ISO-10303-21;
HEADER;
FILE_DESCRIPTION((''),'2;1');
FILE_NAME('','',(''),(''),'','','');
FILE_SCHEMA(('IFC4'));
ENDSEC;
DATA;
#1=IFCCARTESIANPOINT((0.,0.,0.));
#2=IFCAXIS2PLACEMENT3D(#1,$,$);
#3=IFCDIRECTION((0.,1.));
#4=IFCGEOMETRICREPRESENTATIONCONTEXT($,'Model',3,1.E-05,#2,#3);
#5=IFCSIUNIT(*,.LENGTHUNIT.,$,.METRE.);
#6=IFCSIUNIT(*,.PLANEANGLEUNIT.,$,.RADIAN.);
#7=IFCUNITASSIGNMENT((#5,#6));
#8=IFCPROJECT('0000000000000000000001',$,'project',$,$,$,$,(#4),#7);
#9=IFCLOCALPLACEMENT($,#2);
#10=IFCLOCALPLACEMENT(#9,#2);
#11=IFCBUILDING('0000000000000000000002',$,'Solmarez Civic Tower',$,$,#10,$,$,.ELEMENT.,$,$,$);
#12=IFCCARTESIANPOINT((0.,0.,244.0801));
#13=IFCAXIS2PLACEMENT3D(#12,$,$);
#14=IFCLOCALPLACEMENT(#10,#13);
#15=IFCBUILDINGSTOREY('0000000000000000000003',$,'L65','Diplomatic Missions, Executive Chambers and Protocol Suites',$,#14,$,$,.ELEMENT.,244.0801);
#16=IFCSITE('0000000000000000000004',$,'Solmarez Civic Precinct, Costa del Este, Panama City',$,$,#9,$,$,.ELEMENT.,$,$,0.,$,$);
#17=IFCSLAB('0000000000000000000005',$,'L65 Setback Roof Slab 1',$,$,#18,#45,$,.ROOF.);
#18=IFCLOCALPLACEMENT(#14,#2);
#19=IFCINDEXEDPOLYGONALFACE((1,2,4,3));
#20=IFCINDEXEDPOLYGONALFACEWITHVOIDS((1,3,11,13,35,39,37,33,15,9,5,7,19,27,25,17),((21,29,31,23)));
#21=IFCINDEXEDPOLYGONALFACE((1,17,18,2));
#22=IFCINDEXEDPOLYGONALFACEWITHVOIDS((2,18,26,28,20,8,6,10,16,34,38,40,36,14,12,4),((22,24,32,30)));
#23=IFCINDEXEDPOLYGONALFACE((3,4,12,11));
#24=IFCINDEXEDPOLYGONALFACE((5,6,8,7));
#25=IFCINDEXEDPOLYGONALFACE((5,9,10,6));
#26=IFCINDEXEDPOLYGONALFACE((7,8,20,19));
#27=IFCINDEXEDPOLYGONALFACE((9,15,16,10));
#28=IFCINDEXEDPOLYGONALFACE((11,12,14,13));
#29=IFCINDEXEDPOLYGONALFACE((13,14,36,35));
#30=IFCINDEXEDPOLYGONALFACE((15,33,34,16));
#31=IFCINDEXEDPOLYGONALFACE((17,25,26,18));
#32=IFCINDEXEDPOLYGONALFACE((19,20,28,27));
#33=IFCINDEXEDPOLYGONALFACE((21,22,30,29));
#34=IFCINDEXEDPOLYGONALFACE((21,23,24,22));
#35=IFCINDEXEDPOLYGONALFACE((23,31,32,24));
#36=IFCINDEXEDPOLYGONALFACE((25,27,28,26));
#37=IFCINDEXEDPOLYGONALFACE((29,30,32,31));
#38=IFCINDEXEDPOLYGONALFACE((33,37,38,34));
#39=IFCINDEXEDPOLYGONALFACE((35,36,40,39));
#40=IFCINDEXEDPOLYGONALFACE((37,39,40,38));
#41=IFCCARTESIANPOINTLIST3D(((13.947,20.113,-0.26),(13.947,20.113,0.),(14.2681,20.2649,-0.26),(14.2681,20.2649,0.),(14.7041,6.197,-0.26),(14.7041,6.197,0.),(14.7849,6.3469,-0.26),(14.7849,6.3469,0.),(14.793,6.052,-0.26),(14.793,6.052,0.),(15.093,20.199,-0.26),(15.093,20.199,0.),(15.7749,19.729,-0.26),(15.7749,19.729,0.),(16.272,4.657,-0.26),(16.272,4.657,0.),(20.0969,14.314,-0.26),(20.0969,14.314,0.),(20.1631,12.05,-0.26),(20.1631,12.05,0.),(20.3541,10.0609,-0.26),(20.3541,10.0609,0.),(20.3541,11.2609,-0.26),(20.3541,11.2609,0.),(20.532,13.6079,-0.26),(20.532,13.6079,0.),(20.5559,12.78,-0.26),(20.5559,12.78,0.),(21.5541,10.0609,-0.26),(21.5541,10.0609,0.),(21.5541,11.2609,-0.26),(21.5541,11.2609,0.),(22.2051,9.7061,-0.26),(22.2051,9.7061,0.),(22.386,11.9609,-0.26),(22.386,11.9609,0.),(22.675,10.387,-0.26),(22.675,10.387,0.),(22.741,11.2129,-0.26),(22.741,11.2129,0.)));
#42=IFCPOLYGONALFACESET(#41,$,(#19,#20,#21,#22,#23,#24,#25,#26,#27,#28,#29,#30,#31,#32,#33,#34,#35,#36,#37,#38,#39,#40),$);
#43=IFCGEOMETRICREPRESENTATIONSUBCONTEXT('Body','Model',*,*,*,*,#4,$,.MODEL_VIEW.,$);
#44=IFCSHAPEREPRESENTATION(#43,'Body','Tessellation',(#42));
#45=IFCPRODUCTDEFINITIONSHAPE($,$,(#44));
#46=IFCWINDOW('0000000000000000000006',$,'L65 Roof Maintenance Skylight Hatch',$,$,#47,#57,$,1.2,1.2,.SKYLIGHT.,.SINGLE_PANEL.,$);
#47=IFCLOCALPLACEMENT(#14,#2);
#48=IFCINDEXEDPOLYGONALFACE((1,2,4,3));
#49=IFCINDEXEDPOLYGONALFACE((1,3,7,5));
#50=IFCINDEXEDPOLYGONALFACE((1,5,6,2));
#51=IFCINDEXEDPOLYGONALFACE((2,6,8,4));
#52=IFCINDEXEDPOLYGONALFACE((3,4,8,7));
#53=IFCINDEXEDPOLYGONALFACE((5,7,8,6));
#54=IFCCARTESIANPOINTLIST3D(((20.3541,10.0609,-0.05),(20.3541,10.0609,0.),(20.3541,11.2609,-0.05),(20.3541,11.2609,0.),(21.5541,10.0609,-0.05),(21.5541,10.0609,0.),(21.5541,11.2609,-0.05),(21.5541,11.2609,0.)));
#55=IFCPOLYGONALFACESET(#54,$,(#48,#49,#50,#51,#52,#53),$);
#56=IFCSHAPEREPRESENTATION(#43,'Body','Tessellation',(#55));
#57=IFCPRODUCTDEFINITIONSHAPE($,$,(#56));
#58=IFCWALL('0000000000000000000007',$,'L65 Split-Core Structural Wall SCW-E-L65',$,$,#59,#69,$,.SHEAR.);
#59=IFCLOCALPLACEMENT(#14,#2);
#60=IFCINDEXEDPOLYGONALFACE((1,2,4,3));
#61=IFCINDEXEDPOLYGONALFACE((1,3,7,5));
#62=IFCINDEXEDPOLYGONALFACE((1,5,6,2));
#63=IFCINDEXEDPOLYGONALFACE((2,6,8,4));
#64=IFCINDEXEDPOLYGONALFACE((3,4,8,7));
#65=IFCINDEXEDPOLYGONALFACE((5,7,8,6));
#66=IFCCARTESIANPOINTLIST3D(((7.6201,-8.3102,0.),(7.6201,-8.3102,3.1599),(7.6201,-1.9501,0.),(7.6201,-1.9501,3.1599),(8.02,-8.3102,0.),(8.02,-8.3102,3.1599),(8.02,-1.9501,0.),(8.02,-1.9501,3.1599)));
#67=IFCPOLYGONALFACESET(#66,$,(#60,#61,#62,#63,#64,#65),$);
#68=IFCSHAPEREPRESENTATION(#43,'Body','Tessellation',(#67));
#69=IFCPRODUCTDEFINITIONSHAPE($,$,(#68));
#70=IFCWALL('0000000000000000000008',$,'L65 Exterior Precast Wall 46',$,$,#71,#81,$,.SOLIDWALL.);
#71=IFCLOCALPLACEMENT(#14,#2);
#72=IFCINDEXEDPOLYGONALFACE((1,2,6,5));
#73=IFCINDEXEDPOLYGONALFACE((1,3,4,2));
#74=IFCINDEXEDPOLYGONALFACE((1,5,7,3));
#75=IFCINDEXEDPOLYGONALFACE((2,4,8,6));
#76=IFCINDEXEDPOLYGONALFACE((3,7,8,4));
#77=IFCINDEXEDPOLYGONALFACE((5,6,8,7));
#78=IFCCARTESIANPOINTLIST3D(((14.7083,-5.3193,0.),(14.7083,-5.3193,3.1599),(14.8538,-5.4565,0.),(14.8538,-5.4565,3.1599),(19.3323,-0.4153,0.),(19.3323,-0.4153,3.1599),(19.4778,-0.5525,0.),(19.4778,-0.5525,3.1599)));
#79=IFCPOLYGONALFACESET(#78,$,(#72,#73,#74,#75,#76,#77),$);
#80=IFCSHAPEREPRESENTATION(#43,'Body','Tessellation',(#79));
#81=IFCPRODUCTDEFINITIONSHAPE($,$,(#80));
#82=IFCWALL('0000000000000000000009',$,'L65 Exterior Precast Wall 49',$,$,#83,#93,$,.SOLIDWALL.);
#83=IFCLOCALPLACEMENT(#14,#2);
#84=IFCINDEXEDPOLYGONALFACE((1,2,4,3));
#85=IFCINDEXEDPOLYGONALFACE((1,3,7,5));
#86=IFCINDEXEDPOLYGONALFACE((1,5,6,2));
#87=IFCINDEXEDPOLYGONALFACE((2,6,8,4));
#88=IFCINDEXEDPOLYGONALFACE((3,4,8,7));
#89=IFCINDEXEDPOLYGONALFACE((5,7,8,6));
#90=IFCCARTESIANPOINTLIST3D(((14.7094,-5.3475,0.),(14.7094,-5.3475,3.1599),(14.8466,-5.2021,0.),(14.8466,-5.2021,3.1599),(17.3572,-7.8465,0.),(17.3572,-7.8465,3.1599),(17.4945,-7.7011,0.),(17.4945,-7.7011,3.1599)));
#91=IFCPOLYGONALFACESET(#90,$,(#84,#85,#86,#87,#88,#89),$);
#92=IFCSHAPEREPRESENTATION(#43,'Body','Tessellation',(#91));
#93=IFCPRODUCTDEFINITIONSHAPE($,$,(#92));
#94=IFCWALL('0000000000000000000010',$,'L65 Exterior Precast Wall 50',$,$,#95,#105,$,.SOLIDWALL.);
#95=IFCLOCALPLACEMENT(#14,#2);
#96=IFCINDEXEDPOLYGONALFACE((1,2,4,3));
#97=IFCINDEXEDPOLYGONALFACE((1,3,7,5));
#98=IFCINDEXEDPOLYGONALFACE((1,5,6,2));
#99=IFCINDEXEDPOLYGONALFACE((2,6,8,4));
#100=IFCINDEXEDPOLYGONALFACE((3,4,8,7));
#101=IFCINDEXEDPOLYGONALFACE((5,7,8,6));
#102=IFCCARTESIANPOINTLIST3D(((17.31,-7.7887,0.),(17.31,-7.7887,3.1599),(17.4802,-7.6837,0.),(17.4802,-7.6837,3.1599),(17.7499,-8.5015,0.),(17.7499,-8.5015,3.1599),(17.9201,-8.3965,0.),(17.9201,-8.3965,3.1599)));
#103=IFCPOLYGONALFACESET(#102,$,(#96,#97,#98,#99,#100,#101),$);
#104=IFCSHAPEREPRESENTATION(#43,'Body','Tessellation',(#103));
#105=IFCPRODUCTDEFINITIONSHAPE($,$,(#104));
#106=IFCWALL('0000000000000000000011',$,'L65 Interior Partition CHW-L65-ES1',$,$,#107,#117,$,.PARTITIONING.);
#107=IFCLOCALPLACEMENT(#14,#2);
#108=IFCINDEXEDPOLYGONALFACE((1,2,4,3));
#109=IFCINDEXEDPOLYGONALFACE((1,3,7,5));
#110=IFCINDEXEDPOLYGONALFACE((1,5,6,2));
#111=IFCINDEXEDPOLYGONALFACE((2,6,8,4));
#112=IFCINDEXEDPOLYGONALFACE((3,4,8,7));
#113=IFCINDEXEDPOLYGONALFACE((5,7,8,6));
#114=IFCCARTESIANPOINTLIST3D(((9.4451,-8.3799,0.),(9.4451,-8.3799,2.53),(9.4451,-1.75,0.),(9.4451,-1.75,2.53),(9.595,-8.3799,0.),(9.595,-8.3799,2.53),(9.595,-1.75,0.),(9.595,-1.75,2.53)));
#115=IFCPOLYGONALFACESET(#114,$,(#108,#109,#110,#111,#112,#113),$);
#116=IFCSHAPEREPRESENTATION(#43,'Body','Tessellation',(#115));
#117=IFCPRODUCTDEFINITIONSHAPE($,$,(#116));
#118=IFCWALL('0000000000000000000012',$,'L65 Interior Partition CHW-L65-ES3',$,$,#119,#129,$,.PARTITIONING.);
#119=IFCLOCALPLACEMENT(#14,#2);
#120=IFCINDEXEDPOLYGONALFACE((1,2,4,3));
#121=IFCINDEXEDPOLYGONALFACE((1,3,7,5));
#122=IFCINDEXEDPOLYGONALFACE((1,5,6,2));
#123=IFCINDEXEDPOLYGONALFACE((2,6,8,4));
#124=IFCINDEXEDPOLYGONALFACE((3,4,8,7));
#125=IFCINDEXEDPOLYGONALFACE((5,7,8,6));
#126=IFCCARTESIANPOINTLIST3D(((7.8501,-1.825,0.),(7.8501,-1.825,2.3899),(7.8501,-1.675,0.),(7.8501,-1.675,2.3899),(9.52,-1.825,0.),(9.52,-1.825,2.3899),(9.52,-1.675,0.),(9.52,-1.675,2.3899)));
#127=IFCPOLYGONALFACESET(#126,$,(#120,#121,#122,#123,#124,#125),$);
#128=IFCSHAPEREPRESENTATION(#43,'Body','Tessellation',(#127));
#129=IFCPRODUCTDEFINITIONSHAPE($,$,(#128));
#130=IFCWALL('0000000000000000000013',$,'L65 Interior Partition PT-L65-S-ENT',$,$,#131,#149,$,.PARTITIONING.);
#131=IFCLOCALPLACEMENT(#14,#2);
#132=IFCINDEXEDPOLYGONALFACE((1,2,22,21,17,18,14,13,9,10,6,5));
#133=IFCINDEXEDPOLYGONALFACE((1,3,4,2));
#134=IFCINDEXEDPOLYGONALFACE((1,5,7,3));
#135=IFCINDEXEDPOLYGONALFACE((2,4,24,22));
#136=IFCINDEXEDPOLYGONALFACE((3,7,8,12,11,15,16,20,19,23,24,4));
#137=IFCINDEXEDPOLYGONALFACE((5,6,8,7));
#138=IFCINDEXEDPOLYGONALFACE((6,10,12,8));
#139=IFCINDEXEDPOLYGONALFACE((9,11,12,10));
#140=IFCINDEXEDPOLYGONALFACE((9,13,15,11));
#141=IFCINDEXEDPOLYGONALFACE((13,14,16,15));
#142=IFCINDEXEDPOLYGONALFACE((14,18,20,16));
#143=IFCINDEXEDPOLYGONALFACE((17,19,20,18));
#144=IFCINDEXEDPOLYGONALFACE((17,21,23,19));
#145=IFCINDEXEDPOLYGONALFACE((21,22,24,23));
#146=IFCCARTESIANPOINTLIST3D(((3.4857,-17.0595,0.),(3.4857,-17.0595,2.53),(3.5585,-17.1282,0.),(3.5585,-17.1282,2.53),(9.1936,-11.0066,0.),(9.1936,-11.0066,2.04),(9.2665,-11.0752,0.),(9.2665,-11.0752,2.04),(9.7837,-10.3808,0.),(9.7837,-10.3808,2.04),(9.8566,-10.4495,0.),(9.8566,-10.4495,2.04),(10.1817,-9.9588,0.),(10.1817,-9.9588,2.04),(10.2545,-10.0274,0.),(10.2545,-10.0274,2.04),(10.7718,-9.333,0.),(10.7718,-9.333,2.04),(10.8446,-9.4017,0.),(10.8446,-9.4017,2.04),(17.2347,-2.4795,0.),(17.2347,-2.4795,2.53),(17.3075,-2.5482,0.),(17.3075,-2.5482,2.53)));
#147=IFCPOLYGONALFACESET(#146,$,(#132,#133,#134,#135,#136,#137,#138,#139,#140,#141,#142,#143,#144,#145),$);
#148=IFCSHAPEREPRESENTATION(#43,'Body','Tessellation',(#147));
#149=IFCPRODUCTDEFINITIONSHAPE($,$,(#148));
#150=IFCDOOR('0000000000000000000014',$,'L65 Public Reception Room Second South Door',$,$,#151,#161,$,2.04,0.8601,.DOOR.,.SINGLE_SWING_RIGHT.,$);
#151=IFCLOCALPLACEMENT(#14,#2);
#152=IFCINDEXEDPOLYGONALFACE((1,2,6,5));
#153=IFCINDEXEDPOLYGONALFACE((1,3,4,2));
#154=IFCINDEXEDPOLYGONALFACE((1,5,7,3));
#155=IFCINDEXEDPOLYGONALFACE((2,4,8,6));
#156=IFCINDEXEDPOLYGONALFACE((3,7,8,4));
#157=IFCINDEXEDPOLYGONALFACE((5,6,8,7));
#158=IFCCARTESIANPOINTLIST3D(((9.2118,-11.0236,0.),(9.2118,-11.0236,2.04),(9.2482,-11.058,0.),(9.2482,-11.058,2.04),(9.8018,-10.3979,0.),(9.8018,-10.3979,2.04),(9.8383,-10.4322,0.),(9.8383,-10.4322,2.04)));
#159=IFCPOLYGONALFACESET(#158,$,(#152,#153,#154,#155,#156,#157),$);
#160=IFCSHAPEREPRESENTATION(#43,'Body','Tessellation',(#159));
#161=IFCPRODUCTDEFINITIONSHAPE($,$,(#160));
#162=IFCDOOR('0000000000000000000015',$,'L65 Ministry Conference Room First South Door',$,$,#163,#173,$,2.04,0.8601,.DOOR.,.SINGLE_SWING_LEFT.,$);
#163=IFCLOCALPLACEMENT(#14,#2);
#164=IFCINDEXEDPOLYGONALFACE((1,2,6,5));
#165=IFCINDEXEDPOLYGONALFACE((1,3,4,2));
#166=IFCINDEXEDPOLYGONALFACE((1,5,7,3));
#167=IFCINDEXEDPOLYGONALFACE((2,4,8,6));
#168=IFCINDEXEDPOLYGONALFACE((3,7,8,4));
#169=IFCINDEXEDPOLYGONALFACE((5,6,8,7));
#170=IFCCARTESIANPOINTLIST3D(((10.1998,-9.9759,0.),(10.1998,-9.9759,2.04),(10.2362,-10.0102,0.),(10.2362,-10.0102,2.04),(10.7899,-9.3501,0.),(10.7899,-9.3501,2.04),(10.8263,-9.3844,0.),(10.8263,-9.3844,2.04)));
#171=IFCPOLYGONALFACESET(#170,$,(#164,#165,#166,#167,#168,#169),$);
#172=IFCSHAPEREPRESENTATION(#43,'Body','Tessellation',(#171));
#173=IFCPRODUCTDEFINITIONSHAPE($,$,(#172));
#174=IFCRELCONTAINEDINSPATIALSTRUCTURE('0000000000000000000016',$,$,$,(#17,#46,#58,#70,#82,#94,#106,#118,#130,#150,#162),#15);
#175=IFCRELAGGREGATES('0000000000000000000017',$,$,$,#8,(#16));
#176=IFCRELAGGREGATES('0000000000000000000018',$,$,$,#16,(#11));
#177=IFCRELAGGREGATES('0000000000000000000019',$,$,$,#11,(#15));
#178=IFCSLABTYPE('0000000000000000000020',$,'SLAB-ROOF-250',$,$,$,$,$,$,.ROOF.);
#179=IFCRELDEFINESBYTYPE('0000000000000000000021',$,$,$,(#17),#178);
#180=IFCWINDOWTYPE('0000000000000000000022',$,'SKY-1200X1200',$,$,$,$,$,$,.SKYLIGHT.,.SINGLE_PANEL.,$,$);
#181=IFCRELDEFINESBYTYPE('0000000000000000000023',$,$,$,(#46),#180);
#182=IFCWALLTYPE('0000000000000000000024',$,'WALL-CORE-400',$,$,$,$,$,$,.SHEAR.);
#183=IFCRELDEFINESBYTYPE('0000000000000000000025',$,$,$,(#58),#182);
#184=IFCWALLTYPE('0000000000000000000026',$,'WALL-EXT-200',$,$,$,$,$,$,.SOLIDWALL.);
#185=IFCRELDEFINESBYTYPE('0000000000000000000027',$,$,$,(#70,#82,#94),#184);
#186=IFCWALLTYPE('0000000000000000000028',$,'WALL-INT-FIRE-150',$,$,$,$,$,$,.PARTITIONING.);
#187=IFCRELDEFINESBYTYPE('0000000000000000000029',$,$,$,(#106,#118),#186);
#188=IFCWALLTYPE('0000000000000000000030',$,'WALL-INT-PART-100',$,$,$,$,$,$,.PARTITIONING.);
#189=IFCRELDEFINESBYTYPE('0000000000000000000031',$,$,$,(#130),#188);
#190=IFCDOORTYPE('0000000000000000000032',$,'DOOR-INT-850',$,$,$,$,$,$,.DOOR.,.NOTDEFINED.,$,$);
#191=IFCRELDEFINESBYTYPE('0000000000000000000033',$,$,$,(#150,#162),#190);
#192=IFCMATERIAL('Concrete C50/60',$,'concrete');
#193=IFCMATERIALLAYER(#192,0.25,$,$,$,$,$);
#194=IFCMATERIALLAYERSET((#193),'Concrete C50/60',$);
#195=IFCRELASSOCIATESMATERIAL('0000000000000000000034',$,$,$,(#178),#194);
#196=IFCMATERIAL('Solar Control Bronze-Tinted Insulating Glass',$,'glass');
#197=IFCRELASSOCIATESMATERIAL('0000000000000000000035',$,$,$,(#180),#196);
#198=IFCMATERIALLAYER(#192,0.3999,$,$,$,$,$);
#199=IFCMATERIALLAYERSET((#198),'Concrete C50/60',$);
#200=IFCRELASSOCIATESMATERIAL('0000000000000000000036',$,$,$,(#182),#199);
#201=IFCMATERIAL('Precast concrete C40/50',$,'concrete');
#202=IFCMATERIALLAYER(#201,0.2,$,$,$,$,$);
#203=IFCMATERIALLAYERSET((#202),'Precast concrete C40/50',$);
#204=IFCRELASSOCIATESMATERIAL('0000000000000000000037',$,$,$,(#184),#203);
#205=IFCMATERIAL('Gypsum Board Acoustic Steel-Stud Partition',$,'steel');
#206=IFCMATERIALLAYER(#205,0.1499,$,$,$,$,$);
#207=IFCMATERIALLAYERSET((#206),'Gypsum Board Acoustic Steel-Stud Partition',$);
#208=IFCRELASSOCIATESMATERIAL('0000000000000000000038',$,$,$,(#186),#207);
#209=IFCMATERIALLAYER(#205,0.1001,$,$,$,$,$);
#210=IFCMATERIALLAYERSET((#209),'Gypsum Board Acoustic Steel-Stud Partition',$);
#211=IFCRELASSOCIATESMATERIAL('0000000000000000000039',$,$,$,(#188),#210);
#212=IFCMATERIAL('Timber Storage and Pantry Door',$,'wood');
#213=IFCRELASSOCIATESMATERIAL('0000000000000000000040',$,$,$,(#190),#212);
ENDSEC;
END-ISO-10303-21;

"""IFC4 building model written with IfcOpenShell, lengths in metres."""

from ifc_helpers import new_model, si_unit, direction, frame, frame_2d, origin, origin_2d, place, context, subcontext, project, spatial, polyline, rectangle, outline, extrude, material, layer, layer_set, type_object, element, fill, save


model = new_model("IFC4")

# Units and contexts
model_context = context("Model", 3, precision=1e-05, world=origin(), true_north=direction((0.0, 1.0)))
body_context = subcontext(model_context, "Body", "Model", "MODEL_VIEW")
ifc_project = project(units=[si_unit("LENGTHUNIT", "METRE"), si_unit("PLANEANGLEUNIT", "RADIAN")], contexts=[model_context])

# Site, building, storey
site_placement = place(None, origin())
site = spatial("IfcSite", under=ifc_project, at=site_placement, Name="Solmarez Civic Precinct, Costa del Este, Panama City", CompositionType="ELEMENT", RefElevation=0.0)
building_placement = place(site_placement, origin())
building = spatial("IfcBuilding", under=site, at=building_placement, Name="Solmarez Civic Tower", CompositionType="ELEMENT")
storey_placement = place(building_placement, frame((0.0, 0.0, 244.0801)))
storey = spatial("IfcBuildingStorey", under=building, at=storey_placement, Name="L65", Description="Diplomatic Missions, Executive Chambers and Protocol Suites", CompositionType="ELEMENT", Elevation=244.0801)

# Shared definitions
ifc_material_1 = material(Name="Concrete C50/60", Category="concrete")

# Slab, opening, window
ifc_layer_1 = layer(ifc_material_1, 0.25)
ifc_layer_set_1 = layer_set([ifc_layer_1], Name="Concrete C50/60")
slab_type = type_object("IfcSlabType", Name="SLAB-ROOF-250", PredefinedType="ROOF", material=ifc_layer_set_1)
slab_placement = place(storey_placement, frame((0.0, 0.0, -0.26)))
slab = element("IfcSlab", 1, at=slab_placement, inside=storey, type_object=slab_type, Name="L65 Setback Roof Slab 1", PredefinedType="ROOF", context=body_context, shape_type="SweptSolid", body=[
    extrude(outline(polyline([(13.947, 20.113), (20.0969, 14.314), (20.532, 13.6079), (20.5559, 12.78), (20.1631, 12.05), (14.7849, 6.3469), (14.7041, 6.197), (14.793, 6.052), (16.272, 4.657), (22.2051, 9.7061), (22.675, 10.387), (22.741, 11.2129), (22.386, 11.9609), (15.7749, 19.729), (15.093, 20.199), (14.2681, 20.2649), (13.947, 20.113)])), origin(), (0.0, 0.0, 1.0), 0.26),
])
opening_1_placement = place(slab_placement, frame((20.9541, 10.6609, 0.0)))
opening_1 = element("IfcOpeningElement", 2, at=opening_1_placement, cuts=slab, PredefinedType="OPENING", context=body_context, shape_type="SweptSolid", body=[
    extrude(rectangle(XDim=1.2, YDim=1.2, at=origin_2d()), frame((0.0, 0.0, -0.01)), (0.0, 0.0, 1.0), 0.28),
])
ifc_material_2 = material(Name="Solar Control Bronze-Tinted Insulating Glass", Category="glass")
window_type = type_object("IfcWindowType", Name="SKY-1200X1200", PartitioningType="SINGLE_PANEL", PredefinedType="SKYLIGHT", material=ifc_material_2)
window_placement = place(opening_1_placement, frame((0.0, 0.0, 0.21)))
window = element("IfcWindow", 3, at=window_placement, inside=storey, type_object=window_type, Name="L65 Roof Maintenance Skylight Hatch", OverallHeight=1.2, OverallWidth=1.2, PartitioningType="SINGLE_PANEL", PredefinedType="SKYLIGHT", context=body_context, shape_type="SweptSolid", body=[
    extrude(rectangle(XDim=1.2, YDim=1.2, at=origin_2d()), origin(), (0.0, 0.0, 1.0), 0.05),
])
fill(opening_1, window)

# Walls
ifc_layer_2 = layer(ifc_material_1, 0.3999)
ifc_layer_set_2 = layer_set([ifc_layer_2], Name="Concrete C50/60")
wall_type_1 = type_object("IfcWallType", Name="WALL-CORE-400", PredefinedType="SHEAR", material=ifc_layer_set_2)
wall_1_placement = place(storey_placement, frame((7.8201, -1.95, 0.0), z_axis=(0.0, 0.0, 1.0), x_axis=(0.0, -1.0, 0.0)))
element("IfcWall", 4, at=wall_1_placement, inside=storey, type_object=wall_type_1, Name="L65 Split-Core Structural Wall SCW-E-L65", PredefinedType="SHEAR", context=body_context, shape_type="SweptSolid", body=[
    extrude(rectangle(XDim=6.3601, YDim=0.3999, at=frame_2d((3.1802, 0.0))), origin(), (0.0, 0.0, 1.0), 3.1599),
])
ifc_material_3 = material(Name="Precast concrete C40/50", Category="concrete")
ifc_layer_3 = layer(ifc_material_3, 0.2)
ifc_layer_set_3 = layer_set([ifc_layer_3], Name="Precast concrete C40/50")
wall_type_2 = type_object("IfcWallType", Name="WALL-EXT-200", PredefinedType="SOLIDWALL", material=ifc_layer_set_3)
wall_2_placement = place(storey_placement, frame((19.405, -0.4839, 0.0), z_axis=(0.0, 0.0, 1.0), x_axis=(-0.686029, -0.727574, 0.0)))
element("IfcWall", 5, at=wall_2_placement, inside=storey, type_object=wall_type_2, Name="L65 Exterior Precast Wall 46", PredefinedType="SOLIDWALL", context=body_context, shape_type="SweptSolid", body=[
    extrude(rectangle(XDim=6.7402, YDim=0.2, at=frame_2d((3.3701, 0.0))), origin(), (0.0, 0.0, 1.0), 3.1599),
])
wall_3_placement = place(storey_placement, frame((14.7781, -5.2749, 0.0), z_axis=(0.0, 0.0, 1.0), x_axis=(0.727262, -0.68636, 0.0)))
element("IfcWall", 6, at=wall_3_placement, inside=storey, type_object=wall_type_2, Name="L65 Exterior Precast Wall 49", PredefinedType="SOLIDWALL", context=body_context, shape_type="SweptSolid", body=[
    extrude(rectangle(XDim=3.6409, YDim=0.2, at=frame_2d((1.8203, 0.0))), origin(), (0.0, 0.0, 1.0), 3.1599),
])
wall_4_placement = place(storey_placement, frame((17.395, -7.7361, 0.0), z_axis=(0.0, 0.0, 1.0), x_axis=(0.52517, -0.850997, 0.0)))
element("IfcWall", 7, at=wall_4_placement, inside=storey, type_object=wall_type_2, Name="L65 Exterior Precast Wall 50", PredefinedType="SOLIDWALL", context=body_context, shape_type="SweptSolid", body=[
    extrude(rectangle(XDim=0.8376, YDim=0.2, at=frame_2d((0.4189, 0.0))), origin(), (0.0, 0.0, 1.0), 3.1599),
])
ifc_material_4 = material(Name="Gypsum Board Acoustic Steel-Stud Partition", Category="steel")
ifc_layer_4 = layer(ifc_material_4, 0.1499)
ifc_layer_set_4 = layer_set([ifc_layer_4], Name="Gypsum Board Acoustic Steel-Stud Partition")
wall_type_3 = type_object("IfcWallType", Name="WALL-INT-FIRE-150", PredefinedType="PARTITIONING", material=ifc_layer_set_4)
wall_5_placement = place(storey_placement, frame((9.52, -8.3799, 0.0), z_axis=(0.0, 0.0, 1.0), x_axis=(0.0, 1.0, 0.0)))
element("IfcWall", 8, at=wall_5_placement, inside=storey, type_object=wall_type_3, Name="L65 Interior Partition CHW-L65-ES1", PredefinedType="PARTITIONING", context=body_context, shape_type="SweptSolid", body=[
    extrude(rectangle(XDim=6.6299, YDim=0.1499, at=frame_2d((3.3149, 0.0))), origin(), (0.0, 0.0, 1.0), 2.53),
])
wall_6_placement = place(storey_placement, frame((7.8501, -1.75, 0.0), z_axis=(0.0, 0.0, 1.0), x_axis=(1.0, 0.0, 0.0)))
element("IfcWall", 9, at=wall_6_placement, inside=storey, type_object=wall_type_3, Name="L65 Interior Partition CHW-L65-ES3", PredefinedType="PARTITIONING", context=body_context, shape_type="SweptSolid", body=[
    extrude(rectangle(XDim=1.6699, YDim=0.1499, at=frame_2d((0.835, 0.0))), origin(), (0.0, 0.0, 1.0), 2.3899),
])

# Wall, openings, doors
ifc_layer_5 = layer(ifc_material_4, 0.1001)
ifc_layer_set_5 = layer_set([ifc_layer_5], Name="Gypsum Board Acoustic Steel-Stud Partition")
wall_type_4 = type_object("IfcWallType", Name="WALL-INT-PART-100", PredefinedType="PARTITIONING", material=ifc_layer_set_5)
wall_7_placement = place(storey_placement, frame((17.271, -2.5139, 0.0), z_axis=(0.0, 0.0, 1.0), x_axis=(-0.686068, -0.727537, 0.0)))
wall_7 = element("IfcWall", 10, at=wall_7_placement, inside=storey, type_object=wall_type_4, Name="L65 Interior Partition PT-L65-S-ENT", PredefinedType="PARTITIONING", context=body_context, shape_type="SweptSolid", body=[
    extrude(rectangle(XDim=20.0403, YDim=0.1001, at=frame_2d((10.02, 0.0))), origin(), (0.0, 0.0, 1.0), 2.53),
])
opening_2_placement = place(wall_7_placement, frame((10.8601, 0.0, 0.0)))
opening_2 = element("IfcOpeningElement", 11, at=opening_2_placement, cuts=wall_7, PredefinedType="OPENING", context=body_context, shape_type="SweptSolid", body=[
    extrude(rectangle(XDim=0.8601, YDim=2.04, at=frame_2d((0.4302, 1.02))), frame((0.0, 0.0601, 0.0), z_axis=(0.0, -1.0, 0.0), x_axis=(1.0, 0.0, 0.0)), (0.0, 0.0, 1.0), 0.1201),
])
opening_3_placement = place(wall_7_placement, frame((9.4199, 0.0, 0.0)))
opening_3 = element("IfcOpeningElement", 12, at=opening_3_placement, cuts=wall_7, PredefinedType="OPENING", context=body_context, shape_type="SweptSolid", body=[
    extrude(rectangle(XDim=0.8601, YDim=2.04, at=frame_2d((0.4302, 1.02))), frame((0.0, 0.0601, 0.0), z_axis=(0.0, -1.0, 0.0), x_axis=(1.0, 0.0, 0.0)), (0.0, 0.0, 1.0), 0.1201),
])
ifc_material_5 = material(Name="Timber Storage and Pantry Door", Category="wood")
door_type = type_object("IfcDoorType", Name="DOOR-INT-850", OperationType="NOTDEFINED", PredefinedType="DOOR", material=ifc_material_5)
door_1_placement = place(opening_2_placement, origin())
door_1 = element("IfcDoor", 13, at=door_1_placement, inside=storey, type_object=door_type, Name="L65 Public Reception Room Second South Door", OperationType="SINGLE_SWING_RIGHT", OverallHeight=2.04, OverallWidth=0.8601, PredefinedType="DOOR", context=body_context, shape_type="SweptSolid", body=[
    extrude(rectangle(XDim=0.8601, YDim=2.04, at=frame_2d((0.4302, 1.02))), frame((0.0, 0.0249, 0.0), z_axis=(0.0, -1.0, 0.0), x_axis=(1.0, 0.0, 0.0)), (0.0, 0.0, 1.0), 0.05),
])
fill(opening_2, door_1)
door_2_placement = place(opening_3_placement, origin())
door_2 = element("IfcDoor", 14, at=door_2_placement, inside=storey, type_object=door_type, Name="L65 Ministry Conference Room First South Door", OperationType="SINGLE_SWING_LEFT", OverallHeight=2.04, OverallWidth=0.8601, PredefinedType="DOOR", context=body_context, shape_type="SweptSolid", body=[
    extrude(rectangle(XDim=0.8601, YDim=2.04, at=frame_2d((0.4302, 1.02))), frame((0.0, 0.0249, 0.0), z_axis=(0.0, -1.0, 0.0), x_axis=(1.0, 0.0, 0.0)), (0.0, 0.0, 1.0), 0.05),
])
fill(opening_3, door_2)

save(model, "model.ifc")
